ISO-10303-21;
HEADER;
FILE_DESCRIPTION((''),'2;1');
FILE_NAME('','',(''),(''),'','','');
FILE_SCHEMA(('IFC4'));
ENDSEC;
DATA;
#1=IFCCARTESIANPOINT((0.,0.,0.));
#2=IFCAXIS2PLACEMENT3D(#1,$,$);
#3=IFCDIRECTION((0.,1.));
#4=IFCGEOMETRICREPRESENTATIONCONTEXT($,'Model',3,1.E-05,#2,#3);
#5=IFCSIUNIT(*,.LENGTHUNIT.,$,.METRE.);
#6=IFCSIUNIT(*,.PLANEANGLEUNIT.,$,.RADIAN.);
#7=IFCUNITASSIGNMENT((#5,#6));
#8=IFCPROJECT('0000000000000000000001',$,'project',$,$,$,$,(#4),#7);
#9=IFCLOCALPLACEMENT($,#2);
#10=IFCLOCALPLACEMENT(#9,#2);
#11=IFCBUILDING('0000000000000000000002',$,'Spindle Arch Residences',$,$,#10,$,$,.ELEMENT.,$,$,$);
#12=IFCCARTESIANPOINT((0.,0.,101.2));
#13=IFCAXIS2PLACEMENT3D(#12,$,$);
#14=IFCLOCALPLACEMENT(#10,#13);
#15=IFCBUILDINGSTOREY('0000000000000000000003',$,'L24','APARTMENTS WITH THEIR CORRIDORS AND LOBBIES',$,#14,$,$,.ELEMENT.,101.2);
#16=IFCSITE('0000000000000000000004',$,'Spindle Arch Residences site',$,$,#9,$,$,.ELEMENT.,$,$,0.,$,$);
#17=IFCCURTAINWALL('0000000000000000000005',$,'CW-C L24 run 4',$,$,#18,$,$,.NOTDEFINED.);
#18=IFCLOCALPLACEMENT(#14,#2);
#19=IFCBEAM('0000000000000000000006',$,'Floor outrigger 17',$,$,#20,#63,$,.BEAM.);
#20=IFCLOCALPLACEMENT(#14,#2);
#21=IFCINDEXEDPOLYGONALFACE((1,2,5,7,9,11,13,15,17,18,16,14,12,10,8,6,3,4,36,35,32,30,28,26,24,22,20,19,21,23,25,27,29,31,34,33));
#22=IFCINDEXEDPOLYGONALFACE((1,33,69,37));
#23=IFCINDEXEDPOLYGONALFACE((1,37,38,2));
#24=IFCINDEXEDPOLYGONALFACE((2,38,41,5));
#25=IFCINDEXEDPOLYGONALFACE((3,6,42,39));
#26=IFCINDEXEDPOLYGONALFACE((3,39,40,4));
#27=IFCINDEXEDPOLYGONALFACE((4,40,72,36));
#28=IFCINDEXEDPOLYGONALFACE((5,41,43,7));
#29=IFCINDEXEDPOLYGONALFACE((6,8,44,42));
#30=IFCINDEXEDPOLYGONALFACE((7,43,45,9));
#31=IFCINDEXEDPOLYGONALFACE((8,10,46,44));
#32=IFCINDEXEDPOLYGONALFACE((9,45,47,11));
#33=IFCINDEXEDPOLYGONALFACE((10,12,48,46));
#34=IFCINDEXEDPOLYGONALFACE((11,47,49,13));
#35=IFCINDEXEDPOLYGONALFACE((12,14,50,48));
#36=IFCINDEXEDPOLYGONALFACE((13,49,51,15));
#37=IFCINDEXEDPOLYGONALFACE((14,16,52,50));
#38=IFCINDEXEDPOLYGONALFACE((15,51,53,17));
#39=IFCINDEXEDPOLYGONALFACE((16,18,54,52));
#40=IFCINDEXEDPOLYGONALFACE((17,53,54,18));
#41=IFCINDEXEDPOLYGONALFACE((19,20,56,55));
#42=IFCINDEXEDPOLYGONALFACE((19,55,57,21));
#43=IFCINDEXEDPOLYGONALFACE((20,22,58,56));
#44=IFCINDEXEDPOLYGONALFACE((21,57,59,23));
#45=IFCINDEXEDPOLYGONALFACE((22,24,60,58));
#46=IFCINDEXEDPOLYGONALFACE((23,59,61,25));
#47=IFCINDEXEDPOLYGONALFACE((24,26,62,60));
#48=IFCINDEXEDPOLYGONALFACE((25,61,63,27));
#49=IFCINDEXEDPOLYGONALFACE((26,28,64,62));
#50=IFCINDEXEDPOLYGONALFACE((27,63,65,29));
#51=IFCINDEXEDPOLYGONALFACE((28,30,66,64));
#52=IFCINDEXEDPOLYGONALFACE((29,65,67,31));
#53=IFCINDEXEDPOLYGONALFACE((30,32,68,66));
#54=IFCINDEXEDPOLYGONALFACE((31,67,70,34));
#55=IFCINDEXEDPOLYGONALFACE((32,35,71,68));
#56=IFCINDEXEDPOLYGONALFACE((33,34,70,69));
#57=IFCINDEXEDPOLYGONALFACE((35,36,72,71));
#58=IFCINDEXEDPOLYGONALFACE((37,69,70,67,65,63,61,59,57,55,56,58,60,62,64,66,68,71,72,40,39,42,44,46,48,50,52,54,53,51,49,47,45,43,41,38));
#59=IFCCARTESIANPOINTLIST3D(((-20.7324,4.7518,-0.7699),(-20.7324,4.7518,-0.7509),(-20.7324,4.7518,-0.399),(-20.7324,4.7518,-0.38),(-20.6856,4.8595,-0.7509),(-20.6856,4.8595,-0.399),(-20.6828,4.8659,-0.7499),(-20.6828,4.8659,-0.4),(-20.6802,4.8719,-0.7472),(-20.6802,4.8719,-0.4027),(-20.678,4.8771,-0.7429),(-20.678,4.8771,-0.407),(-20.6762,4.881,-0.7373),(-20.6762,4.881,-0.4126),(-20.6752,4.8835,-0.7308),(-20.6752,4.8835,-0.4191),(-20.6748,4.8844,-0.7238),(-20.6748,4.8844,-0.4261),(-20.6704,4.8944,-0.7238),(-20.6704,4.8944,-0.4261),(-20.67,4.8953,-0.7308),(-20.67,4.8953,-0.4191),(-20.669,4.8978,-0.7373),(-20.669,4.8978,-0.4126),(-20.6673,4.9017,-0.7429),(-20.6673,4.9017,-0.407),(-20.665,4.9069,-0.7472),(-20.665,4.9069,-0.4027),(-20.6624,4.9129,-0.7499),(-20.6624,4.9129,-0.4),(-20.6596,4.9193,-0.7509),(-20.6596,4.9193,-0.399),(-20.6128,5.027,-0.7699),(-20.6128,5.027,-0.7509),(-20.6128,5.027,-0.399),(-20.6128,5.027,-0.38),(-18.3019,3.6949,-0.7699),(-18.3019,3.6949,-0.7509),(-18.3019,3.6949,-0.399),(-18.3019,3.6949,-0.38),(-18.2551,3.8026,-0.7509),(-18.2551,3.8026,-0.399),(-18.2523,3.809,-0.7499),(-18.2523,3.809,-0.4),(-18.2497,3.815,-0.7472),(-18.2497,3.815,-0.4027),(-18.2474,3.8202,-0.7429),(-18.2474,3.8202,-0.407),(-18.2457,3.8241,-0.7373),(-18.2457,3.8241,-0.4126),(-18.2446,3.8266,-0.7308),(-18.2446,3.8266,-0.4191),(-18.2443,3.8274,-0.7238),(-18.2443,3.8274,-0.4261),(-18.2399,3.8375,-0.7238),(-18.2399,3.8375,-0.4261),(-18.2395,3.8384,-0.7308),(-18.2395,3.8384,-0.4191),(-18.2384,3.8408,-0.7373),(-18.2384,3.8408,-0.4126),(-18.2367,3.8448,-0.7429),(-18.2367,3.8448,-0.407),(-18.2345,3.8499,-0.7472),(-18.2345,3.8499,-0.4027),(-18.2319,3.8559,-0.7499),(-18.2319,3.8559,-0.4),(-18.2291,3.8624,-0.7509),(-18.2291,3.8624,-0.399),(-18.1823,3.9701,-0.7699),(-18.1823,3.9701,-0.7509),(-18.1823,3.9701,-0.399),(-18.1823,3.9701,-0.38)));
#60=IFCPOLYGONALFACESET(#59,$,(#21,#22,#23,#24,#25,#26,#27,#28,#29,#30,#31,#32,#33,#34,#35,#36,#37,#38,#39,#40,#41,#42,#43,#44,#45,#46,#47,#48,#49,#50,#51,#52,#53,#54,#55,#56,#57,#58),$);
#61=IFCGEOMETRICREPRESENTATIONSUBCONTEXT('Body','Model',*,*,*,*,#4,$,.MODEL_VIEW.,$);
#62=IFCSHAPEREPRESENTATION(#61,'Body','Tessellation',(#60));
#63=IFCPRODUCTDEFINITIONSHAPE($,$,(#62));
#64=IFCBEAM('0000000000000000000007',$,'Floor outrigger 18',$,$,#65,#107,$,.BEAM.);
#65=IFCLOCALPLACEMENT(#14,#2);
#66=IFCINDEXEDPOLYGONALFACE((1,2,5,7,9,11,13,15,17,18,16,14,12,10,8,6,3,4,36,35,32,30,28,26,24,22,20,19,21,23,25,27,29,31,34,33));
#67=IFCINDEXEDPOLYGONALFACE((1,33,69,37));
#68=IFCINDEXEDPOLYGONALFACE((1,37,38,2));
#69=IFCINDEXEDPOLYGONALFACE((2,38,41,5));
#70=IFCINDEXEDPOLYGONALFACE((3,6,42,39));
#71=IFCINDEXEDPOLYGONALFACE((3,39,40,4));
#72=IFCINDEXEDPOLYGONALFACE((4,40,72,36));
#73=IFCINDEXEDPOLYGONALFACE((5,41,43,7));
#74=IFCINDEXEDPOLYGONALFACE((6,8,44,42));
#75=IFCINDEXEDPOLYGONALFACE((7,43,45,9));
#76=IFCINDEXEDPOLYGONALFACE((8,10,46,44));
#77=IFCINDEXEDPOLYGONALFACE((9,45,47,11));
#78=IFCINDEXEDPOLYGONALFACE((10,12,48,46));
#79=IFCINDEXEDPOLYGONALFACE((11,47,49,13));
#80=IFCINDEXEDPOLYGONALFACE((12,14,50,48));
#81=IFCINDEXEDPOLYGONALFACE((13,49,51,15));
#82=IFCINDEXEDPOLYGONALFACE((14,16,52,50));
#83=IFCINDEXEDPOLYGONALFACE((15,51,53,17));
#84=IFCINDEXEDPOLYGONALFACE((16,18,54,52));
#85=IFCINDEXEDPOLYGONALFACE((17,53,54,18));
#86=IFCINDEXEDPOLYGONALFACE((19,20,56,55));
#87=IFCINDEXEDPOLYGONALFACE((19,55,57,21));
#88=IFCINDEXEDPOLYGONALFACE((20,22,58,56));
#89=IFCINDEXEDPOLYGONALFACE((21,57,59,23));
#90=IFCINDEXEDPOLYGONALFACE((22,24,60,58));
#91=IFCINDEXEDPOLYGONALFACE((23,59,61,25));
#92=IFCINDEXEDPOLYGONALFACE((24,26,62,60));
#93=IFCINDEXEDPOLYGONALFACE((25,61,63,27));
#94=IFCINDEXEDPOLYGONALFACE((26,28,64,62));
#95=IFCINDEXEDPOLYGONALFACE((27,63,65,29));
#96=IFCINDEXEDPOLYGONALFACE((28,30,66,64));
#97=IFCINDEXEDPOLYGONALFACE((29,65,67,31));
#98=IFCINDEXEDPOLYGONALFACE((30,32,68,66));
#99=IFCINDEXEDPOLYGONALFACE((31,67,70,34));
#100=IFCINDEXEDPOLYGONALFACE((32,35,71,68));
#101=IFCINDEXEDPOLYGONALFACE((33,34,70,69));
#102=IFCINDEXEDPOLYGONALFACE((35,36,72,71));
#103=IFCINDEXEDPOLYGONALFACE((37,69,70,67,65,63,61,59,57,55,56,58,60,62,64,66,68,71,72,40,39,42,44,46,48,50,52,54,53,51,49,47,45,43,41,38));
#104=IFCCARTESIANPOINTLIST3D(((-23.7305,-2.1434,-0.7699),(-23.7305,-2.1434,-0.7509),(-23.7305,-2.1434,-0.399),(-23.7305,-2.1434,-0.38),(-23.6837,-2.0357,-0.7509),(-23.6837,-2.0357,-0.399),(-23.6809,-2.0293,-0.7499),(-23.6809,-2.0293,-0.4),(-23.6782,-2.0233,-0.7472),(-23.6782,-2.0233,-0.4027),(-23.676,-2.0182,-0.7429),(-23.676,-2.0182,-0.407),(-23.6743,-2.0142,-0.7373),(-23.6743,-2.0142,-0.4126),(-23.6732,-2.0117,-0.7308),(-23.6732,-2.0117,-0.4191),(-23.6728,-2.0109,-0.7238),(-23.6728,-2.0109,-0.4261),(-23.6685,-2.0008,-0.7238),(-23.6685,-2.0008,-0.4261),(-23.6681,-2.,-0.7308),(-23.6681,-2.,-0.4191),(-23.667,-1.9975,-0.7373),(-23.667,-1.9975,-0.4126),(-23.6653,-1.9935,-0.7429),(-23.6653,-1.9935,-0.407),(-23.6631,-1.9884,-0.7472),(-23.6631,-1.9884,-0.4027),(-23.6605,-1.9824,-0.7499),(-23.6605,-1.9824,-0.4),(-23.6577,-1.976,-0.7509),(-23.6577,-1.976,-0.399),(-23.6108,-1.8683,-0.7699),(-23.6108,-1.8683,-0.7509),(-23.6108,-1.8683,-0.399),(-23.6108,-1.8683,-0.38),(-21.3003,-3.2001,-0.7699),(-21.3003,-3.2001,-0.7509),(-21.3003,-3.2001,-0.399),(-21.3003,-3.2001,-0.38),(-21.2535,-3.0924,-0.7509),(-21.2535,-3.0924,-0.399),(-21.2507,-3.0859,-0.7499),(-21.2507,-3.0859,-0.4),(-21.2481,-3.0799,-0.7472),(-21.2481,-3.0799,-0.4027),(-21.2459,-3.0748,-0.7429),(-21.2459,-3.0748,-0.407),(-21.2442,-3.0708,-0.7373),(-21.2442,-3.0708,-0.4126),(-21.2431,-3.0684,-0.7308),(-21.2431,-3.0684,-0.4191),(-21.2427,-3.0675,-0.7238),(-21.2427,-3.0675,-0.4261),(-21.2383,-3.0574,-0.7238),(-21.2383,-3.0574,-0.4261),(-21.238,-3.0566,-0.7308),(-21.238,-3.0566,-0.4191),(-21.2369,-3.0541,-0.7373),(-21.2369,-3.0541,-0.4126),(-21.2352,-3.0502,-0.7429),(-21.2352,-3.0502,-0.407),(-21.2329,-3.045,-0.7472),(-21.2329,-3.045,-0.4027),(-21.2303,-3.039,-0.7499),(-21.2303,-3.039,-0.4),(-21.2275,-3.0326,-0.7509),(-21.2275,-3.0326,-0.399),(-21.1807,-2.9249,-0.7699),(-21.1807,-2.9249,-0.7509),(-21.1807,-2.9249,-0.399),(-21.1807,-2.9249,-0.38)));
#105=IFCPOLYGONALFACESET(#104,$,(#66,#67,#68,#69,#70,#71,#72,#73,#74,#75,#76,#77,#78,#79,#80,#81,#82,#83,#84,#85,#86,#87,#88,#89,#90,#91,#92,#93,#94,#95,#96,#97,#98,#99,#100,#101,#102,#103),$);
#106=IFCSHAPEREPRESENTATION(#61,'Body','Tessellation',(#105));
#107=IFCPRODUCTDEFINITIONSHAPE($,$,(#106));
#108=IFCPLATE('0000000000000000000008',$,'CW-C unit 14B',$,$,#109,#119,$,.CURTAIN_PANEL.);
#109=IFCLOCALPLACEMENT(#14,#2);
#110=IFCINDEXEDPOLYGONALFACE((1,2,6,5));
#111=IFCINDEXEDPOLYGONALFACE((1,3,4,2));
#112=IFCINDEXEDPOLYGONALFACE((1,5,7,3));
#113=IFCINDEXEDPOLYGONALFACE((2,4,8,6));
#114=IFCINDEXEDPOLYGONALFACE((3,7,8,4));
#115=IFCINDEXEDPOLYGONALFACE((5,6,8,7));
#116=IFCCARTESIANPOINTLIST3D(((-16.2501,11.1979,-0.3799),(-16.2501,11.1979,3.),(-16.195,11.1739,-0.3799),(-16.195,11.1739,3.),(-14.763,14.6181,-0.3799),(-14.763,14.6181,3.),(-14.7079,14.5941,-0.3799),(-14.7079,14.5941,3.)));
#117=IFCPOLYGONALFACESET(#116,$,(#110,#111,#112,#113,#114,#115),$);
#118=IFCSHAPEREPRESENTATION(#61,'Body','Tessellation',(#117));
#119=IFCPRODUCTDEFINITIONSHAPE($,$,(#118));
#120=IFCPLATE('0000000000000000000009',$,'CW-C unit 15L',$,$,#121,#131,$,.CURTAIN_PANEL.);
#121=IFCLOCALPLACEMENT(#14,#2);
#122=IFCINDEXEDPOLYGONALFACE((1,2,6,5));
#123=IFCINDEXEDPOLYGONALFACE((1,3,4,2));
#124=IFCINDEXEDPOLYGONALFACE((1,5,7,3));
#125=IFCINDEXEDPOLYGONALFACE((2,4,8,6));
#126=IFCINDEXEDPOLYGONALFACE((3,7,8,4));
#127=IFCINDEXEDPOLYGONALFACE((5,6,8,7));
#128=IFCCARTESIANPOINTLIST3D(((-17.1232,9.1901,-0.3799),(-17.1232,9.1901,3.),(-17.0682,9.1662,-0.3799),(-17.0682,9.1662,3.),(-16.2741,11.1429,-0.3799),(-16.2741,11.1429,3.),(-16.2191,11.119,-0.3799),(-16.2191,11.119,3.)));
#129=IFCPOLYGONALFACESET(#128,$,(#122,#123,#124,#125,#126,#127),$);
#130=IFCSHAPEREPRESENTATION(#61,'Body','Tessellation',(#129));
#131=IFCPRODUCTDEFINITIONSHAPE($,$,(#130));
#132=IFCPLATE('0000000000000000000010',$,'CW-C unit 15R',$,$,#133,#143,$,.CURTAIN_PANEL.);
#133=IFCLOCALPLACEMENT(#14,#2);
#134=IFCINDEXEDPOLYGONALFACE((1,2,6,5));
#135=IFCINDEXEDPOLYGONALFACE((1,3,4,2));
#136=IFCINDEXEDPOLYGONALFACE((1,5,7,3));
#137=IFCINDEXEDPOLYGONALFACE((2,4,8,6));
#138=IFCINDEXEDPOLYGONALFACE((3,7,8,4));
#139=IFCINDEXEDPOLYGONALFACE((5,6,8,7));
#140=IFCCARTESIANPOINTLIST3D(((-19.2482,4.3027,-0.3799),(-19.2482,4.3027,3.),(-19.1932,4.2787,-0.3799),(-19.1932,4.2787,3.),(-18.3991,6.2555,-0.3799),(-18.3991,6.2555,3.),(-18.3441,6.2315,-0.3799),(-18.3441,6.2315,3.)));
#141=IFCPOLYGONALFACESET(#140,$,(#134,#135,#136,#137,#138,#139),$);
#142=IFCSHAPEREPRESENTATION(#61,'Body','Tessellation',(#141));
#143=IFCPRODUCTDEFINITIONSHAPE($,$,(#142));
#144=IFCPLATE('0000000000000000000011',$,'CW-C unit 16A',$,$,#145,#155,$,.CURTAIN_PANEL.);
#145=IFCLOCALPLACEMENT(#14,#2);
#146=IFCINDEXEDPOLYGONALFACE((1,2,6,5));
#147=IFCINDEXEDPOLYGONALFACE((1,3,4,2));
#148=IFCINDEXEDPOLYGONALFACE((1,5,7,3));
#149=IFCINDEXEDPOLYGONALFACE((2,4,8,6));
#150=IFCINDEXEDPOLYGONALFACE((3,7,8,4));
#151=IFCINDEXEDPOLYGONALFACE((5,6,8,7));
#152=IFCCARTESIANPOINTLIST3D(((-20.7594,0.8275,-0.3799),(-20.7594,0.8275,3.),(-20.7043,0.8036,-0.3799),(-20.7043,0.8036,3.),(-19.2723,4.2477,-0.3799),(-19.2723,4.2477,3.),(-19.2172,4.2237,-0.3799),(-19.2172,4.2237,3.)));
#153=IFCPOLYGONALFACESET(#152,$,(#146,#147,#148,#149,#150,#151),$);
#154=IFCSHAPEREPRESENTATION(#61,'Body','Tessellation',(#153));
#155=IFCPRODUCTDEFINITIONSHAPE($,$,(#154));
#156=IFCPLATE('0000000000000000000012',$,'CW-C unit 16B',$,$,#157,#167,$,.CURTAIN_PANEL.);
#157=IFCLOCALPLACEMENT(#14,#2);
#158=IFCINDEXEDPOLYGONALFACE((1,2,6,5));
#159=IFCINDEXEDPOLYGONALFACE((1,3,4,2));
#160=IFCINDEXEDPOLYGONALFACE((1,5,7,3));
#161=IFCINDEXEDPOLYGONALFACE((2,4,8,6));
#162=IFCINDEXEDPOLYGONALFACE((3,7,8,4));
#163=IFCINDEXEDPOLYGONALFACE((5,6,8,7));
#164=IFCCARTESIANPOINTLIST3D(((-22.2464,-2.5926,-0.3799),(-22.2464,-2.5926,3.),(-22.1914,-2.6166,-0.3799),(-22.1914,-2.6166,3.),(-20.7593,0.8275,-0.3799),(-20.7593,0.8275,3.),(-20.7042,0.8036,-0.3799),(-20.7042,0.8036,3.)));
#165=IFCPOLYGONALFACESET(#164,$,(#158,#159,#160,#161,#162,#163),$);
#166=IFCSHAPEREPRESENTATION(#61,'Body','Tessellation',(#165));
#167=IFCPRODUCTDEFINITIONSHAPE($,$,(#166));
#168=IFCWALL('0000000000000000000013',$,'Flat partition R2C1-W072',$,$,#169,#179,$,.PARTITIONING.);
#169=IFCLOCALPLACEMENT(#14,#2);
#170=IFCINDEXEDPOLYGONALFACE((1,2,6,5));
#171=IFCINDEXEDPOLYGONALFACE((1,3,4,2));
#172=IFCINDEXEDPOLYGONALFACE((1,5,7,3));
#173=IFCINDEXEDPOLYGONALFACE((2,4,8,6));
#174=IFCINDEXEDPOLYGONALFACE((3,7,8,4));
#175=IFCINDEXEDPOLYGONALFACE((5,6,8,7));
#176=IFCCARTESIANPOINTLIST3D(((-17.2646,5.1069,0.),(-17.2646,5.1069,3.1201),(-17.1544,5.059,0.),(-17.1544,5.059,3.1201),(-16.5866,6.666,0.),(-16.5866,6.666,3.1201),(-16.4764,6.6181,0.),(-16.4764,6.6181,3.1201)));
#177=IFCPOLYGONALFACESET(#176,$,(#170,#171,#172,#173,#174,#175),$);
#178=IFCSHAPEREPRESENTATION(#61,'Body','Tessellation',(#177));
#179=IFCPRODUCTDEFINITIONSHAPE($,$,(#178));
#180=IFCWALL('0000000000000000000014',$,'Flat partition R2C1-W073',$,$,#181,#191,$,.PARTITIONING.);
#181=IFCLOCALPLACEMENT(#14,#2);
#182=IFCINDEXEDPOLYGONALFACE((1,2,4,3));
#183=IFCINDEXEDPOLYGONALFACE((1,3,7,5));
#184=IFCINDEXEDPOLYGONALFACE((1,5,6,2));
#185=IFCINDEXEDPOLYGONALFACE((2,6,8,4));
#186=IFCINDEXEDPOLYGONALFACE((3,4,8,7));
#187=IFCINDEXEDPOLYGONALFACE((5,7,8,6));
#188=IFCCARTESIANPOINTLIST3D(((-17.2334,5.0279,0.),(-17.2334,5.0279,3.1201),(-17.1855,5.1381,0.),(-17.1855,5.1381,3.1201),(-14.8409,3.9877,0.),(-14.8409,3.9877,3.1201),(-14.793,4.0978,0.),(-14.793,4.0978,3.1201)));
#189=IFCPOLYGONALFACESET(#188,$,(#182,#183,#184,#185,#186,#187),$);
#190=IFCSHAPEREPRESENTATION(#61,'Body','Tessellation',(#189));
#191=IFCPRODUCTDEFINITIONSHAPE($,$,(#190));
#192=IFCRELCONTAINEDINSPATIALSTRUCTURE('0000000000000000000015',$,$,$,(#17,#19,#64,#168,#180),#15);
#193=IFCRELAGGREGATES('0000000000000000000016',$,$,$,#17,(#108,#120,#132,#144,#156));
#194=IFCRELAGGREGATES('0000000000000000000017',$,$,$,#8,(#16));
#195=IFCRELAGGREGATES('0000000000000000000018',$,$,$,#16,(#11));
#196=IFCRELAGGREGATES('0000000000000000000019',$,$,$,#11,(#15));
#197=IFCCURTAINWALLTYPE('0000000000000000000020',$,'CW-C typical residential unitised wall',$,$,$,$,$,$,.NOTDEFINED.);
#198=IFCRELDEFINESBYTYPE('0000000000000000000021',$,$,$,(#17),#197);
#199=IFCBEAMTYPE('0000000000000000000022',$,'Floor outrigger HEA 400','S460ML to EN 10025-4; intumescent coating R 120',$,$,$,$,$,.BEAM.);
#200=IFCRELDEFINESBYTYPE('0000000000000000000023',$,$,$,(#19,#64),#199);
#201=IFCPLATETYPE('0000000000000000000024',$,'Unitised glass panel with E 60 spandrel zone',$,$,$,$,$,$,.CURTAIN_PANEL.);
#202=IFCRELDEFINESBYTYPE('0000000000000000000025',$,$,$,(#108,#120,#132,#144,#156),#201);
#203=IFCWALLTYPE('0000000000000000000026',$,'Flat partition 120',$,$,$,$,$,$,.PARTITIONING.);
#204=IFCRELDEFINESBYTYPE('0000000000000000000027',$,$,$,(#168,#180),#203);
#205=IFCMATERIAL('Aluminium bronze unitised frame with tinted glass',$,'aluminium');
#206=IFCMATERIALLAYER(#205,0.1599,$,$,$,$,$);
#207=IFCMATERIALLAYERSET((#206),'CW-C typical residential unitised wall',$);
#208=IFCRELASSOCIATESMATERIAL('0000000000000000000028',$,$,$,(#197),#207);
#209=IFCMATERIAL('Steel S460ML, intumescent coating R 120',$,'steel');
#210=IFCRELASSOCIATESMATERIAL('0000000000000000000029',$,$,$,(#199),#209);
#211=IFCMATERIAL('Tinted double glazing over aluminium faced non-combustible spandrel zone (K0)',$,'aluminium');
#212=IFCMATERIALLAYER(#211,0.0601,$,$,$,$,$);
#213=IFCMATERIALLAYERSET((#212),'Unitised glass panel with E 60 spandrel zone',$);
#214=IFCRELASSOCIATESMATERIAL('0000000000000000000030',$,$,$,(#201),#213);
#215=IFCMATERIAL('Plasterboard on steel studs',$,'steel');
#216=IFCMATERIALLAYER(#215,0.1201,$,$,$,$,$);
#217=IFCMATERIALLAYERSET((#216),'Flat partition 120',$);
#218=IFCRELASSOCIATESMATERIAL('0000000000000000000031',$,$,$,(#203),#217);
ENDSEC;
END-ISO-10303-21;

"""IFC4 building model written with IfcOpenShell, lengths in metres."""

from ifc_helpers import new_model, si_unit, direction, frame, frame_2d, origin, origin_2d, place, context, subcontext, project, spatial, rectangle, i_section, extrude, material, layer, layer_set, material_profile, profile_set, type_object, element, aggregate, save


model = new_model("IFC4")

# Units and contexts
model_context = context("Model", 3, precision=1e-05, world=origin(), true_north=direction((0.0, 1.0)))
body_context = subcontext(model_context, "Body", "Model", "MODEL_VIEW")
ifc_project = project(units=[si_unit("LENGTHUNIT", "METRE"), si_unit("PLANEANGLEUNIT", "RADIAN")], contexts=[model_context])

# Site, building, storey
site_placement = place(None, origin())
site = spatial("IfcSite", under=ifc_project, at=site_placement, Name="Spindle Arch Residences site", CompositionType="ELEMENT", RefElevation=0.0)
building_placement = place(site_placement, origin())
building = spatial("IfcBuilding", under=site, at=building_placement, Name="Spindle Arch Residences", CompositionType="ELEMENT")
storey_placement = place(building_placement, frame((0.0, 0.0, 101.2)))
storey = spatial("IfcBuildingStorey", under=building, at=storey_placement, Name="L24", Description="APARTMENTS WITH THEIR CORRIDORS AND LOBBIES", CompositionType="ELEMENT", Elevation=101.2)

# Curtain wall
ifc_material_1 = material(Name="Aluminium bronze unitised frame with tinted glass", Category="aluminium")
ifc_layer_1 = layer(ifc_material_1, 0.1599)
ifc_layer_set_1 = layer_set([ifc_layer_1], Name="CW-C typical residential unitised wall")
curtain_wall_type = type_object("IfcCurtainWallType", Name="CW-C typical residential unitised wall", PredefinedType="NOTDEFINED", material=ifc_layer_set_1)
curtain_wall_placement = place(storey_placement, origin())
curtain_wall = element("IfcCurtainWall", 1, at=curtain_wall_placement, inside=storey, type_object=curtain_wall_type, Name="CW-C L24 run 4", PredefinedType="NOTDEFINED")

# Beams
ifc_material_2 = material(Name="Steel S460ML, intumescent coating R 120", Category="steel")
ifc_material_profile_1 = material_profile(ifc_material_2, i_section(OverallWidth=0.3, OverallDepth=0.3899, WebThickness=0.011, FlangeThickness=0.019, FilletRadius=0.0271, at=origin_2d()), Name="HEA 400")
ifc_profile_set_1 = profile_set([ifc_material_profile_1], Name="Steel S460ML, intumescent coating R 120")
beam_type_1 = type_object("IfcBeamType", Name="Floor outrigger HEA 400", Description="S460ML to EN 10025-4; intumescent coating R 120", PredefinedType="BEAM", material=ifc_profile_set_1)
beam_1_placement = place(storey_placement, frame((-20.6726, 4.8894, -0.575), z_axis=(0.917045, -0.398783, 0.0), x_axis=(0.398783, 0.917045, 0.0)))
element("IfcBeam", 2, at=beam_1_placement, inside=storey, type_object=beam_type_1, Name="Floor outrigger 17", PredefinedType="BEAM", context=body_context, shape_type="SweptSolid", body=[
    extrude(i_section(OverallWidth=0.3, OverallDepth=0.3899, WebThickness=0.011, FlangeThickness=0.019, FilletRadius=0.0271, at=origin_2d()), origin(), (0.0, 0.0, 1.0), 2.6504),
])
beam_2_placement = place(storey_placement, frame((-23.6707, -2.0059, -0.575), z_axis=(0.917064, -0.39874, 0.0), x_axis=(0.39874, 0.917064, 0.0)))
element("IfcBeam", 3, at=beam_2_placement, inside=storey, type_object=beam_type_1, Name="Floor outrigger 18", PredefinedType="BEAM", context=body_context, shape_type="SweptSolid", body=[
    extrude(i_section(OverallWidth=0.3, OverallDepth=0.3899, WebThickness=0.011, FlangeThickness=0.019, FilletRadius=0.0271, at=origin_2d()), origin(), (0.0, 0.0, 1.0), 2.6499),
])

# Plates
ifc_material_3 = material(Name="Tinted double glazing over aluminium faced non-combustible spandrel zone (K0)", Category="aluminium")
ifc_layer_2 = layer(ifc_material_3, 0.0601)
ifc_layer_set_2 = layer_set([ifc_layer_2], Name="Unitised glass panel with E 60 spandrel zone")
plate_type = type_object("IfcPlateType", Name="Unitised glass panel with E 60 spandrel zone", PredefinedType="CURTAIN_PANEL", material=ifc_layer_set_2)
plate_1_placement = place(storey_placement, frame((-15.479, 12.896, -0.3799), z_axis=(0.0, 0.0, 1.0), x_axis=(-0.398749, -0.91706, 0.0)))
plate_1 = element("IfcPlate", 4, at=plate_1_placement, type_object=plate_type, Name="CW-C unit 14B", PredefinedType="CURTAIN_PANEL", context=body_context, shape_type="SweptSolid", body=[
    extrude(rectangle(XDim=3.7295, YDim=0.0601, at=origin_2d()), origin(), (0.0, 0.0, 1.0), 3.3799),
])
plate_2_placement = place(storey_placement, frame((-16.6711, 10.1545, -0.3799), z_axis=(0.0, 0.0, 1.0), x_axis=(-0.398749, -0.91706, 0.0)))
plate_2 = element("IfcPlate", 5, at=plate_2_placement, type_object=plate_type, Name="CW-C unit 15L", PredefinedType="CURTAIN_PANEL", context=body_context, shape_type="SweptSolid", body=[
    extrude(rectangle(XDim=2.1294, YDim=0.0601, at=origin_2d()), origin(), (0.0, 0.0, 1.0), 3.3799),
])
plate_3_placement = place(storey_placement, frame((-18.7961, 5.2671, -0.3799), z_axis=(0.0, 0.0, 1.0), x_axis=(-0.398749, -0.91706, 0.0)))
plate_3 = element("IfcPlate", 6, at=plate_3_placement, type_object=plate_type, Name="CW-C unit 15R", PredefinedType="CURTAIN_PANEL", context=body_context, shape_type="SweptSolid", body=[
    extrude(rectangle(XDim=2.1294, YDim=0.0601, at=origin_2d()), origin(), (0.0, 0.0, 1.0), 3.3799),
])
plate_4_placement = place(storey_placement, frame((-19.9883, 2.5256, -0.3799), z_axis=(0.0, 0.0, 1.0), x_axis=(-0.398749, -0.91706, 0.0)))
plate_4 = element("IfcPlate", 7, at=plate_4_placement, type_object=plate_type, Name="CW-C unit 16A", PredefinedType="CURTAIN_PANEL", context=body_context, shape_type="SweptSolid", body=[
    extrude(rectangle(XDim=3.7295, YDim=0.0601, at=origin_2d()), origin(), (0.0, 0.0, 1.0), 3.3799),
])
plate_5_placement = place(storey_placement, frame((-21.4753, -0.8945, -0.3799), z_axis=(0.0, 0.0, 1.0), x_axis=(-0.398749, -0.91706, 0.0)))
plate_5 = element("IfcPlate", 8, at=plate_5_placement, type_object=plate_type, Name="CW-C unit 16B", PredefinedType="CURTAIN_PANEL", context=body_context, shape_type="SweptSolid", body=[
    extrude(rectangle(XDim=3.7295, YDim=0.0601, at=origin_2d()), origin(), (0.0, 0.0, 1.0), 3.3799),
])
aggregate(curtain_wall, [plate_1, plate_2, plate_3, plate_4, plate_5])

# Walls
ifc_material_4 = material(Name="Plasterboard on steel studs", Category="steel")
ifc_layer_3 = layer(ifc_material_4, 0.1201)
ifc_layer_set_3 = layer_set([ifc_layer_3], Name="Flat partition 120")
wall_type_1 = type_object("IfcWallType", Name="Flat partition 120", PredefinedType="PARTITIONING", material=ifc_layer_set_3)
wall_1_placement = place(storey_placement, frame((-16.5315, 6.6421, 0.0), z_axis=(0.0, 0.0, 1.0), x_axis=(-0.398784, -0.917045, 0.0)))
element("IfcWall", 9, at=wall_1_placement, inside=storey, type_object=wall_type_1, Name="Flat partition R2C1-W072", PredefinedType="PARTITIONING", context=body_context, shape_type="SweptSolid", body=[
    extrude(rectangle(XDim=1.7002, YDim=0.1201, at=frame_2d((0.8501, 0.0))), origin(), (0.0, 0.0, 1.0), 3.1201),
])
wall_2_placement = place(storey_placement, frame((-17.2095, 5.083, 0.0), z_axis=(0.0, 0.0, 1.0), x_axis=(0.917066, -0.398736, 0.0)))
element("IfcWall", 10, at=wall_2_placement, inside=storey, type_object=wall_type_1, Name="Flat partition R2C1-W073", PredefinedType="PARTITIONING", context=body_context, shape_type="SweptSolid", body=[
    extrude(rectangle(XDim=2.6089, YDim=0.1201, at=frame_2d((1.3044, 0.0))), origin(), (0.0, 0.0, 1.0), 3.1201),
])

save(model, "model.ifc")
